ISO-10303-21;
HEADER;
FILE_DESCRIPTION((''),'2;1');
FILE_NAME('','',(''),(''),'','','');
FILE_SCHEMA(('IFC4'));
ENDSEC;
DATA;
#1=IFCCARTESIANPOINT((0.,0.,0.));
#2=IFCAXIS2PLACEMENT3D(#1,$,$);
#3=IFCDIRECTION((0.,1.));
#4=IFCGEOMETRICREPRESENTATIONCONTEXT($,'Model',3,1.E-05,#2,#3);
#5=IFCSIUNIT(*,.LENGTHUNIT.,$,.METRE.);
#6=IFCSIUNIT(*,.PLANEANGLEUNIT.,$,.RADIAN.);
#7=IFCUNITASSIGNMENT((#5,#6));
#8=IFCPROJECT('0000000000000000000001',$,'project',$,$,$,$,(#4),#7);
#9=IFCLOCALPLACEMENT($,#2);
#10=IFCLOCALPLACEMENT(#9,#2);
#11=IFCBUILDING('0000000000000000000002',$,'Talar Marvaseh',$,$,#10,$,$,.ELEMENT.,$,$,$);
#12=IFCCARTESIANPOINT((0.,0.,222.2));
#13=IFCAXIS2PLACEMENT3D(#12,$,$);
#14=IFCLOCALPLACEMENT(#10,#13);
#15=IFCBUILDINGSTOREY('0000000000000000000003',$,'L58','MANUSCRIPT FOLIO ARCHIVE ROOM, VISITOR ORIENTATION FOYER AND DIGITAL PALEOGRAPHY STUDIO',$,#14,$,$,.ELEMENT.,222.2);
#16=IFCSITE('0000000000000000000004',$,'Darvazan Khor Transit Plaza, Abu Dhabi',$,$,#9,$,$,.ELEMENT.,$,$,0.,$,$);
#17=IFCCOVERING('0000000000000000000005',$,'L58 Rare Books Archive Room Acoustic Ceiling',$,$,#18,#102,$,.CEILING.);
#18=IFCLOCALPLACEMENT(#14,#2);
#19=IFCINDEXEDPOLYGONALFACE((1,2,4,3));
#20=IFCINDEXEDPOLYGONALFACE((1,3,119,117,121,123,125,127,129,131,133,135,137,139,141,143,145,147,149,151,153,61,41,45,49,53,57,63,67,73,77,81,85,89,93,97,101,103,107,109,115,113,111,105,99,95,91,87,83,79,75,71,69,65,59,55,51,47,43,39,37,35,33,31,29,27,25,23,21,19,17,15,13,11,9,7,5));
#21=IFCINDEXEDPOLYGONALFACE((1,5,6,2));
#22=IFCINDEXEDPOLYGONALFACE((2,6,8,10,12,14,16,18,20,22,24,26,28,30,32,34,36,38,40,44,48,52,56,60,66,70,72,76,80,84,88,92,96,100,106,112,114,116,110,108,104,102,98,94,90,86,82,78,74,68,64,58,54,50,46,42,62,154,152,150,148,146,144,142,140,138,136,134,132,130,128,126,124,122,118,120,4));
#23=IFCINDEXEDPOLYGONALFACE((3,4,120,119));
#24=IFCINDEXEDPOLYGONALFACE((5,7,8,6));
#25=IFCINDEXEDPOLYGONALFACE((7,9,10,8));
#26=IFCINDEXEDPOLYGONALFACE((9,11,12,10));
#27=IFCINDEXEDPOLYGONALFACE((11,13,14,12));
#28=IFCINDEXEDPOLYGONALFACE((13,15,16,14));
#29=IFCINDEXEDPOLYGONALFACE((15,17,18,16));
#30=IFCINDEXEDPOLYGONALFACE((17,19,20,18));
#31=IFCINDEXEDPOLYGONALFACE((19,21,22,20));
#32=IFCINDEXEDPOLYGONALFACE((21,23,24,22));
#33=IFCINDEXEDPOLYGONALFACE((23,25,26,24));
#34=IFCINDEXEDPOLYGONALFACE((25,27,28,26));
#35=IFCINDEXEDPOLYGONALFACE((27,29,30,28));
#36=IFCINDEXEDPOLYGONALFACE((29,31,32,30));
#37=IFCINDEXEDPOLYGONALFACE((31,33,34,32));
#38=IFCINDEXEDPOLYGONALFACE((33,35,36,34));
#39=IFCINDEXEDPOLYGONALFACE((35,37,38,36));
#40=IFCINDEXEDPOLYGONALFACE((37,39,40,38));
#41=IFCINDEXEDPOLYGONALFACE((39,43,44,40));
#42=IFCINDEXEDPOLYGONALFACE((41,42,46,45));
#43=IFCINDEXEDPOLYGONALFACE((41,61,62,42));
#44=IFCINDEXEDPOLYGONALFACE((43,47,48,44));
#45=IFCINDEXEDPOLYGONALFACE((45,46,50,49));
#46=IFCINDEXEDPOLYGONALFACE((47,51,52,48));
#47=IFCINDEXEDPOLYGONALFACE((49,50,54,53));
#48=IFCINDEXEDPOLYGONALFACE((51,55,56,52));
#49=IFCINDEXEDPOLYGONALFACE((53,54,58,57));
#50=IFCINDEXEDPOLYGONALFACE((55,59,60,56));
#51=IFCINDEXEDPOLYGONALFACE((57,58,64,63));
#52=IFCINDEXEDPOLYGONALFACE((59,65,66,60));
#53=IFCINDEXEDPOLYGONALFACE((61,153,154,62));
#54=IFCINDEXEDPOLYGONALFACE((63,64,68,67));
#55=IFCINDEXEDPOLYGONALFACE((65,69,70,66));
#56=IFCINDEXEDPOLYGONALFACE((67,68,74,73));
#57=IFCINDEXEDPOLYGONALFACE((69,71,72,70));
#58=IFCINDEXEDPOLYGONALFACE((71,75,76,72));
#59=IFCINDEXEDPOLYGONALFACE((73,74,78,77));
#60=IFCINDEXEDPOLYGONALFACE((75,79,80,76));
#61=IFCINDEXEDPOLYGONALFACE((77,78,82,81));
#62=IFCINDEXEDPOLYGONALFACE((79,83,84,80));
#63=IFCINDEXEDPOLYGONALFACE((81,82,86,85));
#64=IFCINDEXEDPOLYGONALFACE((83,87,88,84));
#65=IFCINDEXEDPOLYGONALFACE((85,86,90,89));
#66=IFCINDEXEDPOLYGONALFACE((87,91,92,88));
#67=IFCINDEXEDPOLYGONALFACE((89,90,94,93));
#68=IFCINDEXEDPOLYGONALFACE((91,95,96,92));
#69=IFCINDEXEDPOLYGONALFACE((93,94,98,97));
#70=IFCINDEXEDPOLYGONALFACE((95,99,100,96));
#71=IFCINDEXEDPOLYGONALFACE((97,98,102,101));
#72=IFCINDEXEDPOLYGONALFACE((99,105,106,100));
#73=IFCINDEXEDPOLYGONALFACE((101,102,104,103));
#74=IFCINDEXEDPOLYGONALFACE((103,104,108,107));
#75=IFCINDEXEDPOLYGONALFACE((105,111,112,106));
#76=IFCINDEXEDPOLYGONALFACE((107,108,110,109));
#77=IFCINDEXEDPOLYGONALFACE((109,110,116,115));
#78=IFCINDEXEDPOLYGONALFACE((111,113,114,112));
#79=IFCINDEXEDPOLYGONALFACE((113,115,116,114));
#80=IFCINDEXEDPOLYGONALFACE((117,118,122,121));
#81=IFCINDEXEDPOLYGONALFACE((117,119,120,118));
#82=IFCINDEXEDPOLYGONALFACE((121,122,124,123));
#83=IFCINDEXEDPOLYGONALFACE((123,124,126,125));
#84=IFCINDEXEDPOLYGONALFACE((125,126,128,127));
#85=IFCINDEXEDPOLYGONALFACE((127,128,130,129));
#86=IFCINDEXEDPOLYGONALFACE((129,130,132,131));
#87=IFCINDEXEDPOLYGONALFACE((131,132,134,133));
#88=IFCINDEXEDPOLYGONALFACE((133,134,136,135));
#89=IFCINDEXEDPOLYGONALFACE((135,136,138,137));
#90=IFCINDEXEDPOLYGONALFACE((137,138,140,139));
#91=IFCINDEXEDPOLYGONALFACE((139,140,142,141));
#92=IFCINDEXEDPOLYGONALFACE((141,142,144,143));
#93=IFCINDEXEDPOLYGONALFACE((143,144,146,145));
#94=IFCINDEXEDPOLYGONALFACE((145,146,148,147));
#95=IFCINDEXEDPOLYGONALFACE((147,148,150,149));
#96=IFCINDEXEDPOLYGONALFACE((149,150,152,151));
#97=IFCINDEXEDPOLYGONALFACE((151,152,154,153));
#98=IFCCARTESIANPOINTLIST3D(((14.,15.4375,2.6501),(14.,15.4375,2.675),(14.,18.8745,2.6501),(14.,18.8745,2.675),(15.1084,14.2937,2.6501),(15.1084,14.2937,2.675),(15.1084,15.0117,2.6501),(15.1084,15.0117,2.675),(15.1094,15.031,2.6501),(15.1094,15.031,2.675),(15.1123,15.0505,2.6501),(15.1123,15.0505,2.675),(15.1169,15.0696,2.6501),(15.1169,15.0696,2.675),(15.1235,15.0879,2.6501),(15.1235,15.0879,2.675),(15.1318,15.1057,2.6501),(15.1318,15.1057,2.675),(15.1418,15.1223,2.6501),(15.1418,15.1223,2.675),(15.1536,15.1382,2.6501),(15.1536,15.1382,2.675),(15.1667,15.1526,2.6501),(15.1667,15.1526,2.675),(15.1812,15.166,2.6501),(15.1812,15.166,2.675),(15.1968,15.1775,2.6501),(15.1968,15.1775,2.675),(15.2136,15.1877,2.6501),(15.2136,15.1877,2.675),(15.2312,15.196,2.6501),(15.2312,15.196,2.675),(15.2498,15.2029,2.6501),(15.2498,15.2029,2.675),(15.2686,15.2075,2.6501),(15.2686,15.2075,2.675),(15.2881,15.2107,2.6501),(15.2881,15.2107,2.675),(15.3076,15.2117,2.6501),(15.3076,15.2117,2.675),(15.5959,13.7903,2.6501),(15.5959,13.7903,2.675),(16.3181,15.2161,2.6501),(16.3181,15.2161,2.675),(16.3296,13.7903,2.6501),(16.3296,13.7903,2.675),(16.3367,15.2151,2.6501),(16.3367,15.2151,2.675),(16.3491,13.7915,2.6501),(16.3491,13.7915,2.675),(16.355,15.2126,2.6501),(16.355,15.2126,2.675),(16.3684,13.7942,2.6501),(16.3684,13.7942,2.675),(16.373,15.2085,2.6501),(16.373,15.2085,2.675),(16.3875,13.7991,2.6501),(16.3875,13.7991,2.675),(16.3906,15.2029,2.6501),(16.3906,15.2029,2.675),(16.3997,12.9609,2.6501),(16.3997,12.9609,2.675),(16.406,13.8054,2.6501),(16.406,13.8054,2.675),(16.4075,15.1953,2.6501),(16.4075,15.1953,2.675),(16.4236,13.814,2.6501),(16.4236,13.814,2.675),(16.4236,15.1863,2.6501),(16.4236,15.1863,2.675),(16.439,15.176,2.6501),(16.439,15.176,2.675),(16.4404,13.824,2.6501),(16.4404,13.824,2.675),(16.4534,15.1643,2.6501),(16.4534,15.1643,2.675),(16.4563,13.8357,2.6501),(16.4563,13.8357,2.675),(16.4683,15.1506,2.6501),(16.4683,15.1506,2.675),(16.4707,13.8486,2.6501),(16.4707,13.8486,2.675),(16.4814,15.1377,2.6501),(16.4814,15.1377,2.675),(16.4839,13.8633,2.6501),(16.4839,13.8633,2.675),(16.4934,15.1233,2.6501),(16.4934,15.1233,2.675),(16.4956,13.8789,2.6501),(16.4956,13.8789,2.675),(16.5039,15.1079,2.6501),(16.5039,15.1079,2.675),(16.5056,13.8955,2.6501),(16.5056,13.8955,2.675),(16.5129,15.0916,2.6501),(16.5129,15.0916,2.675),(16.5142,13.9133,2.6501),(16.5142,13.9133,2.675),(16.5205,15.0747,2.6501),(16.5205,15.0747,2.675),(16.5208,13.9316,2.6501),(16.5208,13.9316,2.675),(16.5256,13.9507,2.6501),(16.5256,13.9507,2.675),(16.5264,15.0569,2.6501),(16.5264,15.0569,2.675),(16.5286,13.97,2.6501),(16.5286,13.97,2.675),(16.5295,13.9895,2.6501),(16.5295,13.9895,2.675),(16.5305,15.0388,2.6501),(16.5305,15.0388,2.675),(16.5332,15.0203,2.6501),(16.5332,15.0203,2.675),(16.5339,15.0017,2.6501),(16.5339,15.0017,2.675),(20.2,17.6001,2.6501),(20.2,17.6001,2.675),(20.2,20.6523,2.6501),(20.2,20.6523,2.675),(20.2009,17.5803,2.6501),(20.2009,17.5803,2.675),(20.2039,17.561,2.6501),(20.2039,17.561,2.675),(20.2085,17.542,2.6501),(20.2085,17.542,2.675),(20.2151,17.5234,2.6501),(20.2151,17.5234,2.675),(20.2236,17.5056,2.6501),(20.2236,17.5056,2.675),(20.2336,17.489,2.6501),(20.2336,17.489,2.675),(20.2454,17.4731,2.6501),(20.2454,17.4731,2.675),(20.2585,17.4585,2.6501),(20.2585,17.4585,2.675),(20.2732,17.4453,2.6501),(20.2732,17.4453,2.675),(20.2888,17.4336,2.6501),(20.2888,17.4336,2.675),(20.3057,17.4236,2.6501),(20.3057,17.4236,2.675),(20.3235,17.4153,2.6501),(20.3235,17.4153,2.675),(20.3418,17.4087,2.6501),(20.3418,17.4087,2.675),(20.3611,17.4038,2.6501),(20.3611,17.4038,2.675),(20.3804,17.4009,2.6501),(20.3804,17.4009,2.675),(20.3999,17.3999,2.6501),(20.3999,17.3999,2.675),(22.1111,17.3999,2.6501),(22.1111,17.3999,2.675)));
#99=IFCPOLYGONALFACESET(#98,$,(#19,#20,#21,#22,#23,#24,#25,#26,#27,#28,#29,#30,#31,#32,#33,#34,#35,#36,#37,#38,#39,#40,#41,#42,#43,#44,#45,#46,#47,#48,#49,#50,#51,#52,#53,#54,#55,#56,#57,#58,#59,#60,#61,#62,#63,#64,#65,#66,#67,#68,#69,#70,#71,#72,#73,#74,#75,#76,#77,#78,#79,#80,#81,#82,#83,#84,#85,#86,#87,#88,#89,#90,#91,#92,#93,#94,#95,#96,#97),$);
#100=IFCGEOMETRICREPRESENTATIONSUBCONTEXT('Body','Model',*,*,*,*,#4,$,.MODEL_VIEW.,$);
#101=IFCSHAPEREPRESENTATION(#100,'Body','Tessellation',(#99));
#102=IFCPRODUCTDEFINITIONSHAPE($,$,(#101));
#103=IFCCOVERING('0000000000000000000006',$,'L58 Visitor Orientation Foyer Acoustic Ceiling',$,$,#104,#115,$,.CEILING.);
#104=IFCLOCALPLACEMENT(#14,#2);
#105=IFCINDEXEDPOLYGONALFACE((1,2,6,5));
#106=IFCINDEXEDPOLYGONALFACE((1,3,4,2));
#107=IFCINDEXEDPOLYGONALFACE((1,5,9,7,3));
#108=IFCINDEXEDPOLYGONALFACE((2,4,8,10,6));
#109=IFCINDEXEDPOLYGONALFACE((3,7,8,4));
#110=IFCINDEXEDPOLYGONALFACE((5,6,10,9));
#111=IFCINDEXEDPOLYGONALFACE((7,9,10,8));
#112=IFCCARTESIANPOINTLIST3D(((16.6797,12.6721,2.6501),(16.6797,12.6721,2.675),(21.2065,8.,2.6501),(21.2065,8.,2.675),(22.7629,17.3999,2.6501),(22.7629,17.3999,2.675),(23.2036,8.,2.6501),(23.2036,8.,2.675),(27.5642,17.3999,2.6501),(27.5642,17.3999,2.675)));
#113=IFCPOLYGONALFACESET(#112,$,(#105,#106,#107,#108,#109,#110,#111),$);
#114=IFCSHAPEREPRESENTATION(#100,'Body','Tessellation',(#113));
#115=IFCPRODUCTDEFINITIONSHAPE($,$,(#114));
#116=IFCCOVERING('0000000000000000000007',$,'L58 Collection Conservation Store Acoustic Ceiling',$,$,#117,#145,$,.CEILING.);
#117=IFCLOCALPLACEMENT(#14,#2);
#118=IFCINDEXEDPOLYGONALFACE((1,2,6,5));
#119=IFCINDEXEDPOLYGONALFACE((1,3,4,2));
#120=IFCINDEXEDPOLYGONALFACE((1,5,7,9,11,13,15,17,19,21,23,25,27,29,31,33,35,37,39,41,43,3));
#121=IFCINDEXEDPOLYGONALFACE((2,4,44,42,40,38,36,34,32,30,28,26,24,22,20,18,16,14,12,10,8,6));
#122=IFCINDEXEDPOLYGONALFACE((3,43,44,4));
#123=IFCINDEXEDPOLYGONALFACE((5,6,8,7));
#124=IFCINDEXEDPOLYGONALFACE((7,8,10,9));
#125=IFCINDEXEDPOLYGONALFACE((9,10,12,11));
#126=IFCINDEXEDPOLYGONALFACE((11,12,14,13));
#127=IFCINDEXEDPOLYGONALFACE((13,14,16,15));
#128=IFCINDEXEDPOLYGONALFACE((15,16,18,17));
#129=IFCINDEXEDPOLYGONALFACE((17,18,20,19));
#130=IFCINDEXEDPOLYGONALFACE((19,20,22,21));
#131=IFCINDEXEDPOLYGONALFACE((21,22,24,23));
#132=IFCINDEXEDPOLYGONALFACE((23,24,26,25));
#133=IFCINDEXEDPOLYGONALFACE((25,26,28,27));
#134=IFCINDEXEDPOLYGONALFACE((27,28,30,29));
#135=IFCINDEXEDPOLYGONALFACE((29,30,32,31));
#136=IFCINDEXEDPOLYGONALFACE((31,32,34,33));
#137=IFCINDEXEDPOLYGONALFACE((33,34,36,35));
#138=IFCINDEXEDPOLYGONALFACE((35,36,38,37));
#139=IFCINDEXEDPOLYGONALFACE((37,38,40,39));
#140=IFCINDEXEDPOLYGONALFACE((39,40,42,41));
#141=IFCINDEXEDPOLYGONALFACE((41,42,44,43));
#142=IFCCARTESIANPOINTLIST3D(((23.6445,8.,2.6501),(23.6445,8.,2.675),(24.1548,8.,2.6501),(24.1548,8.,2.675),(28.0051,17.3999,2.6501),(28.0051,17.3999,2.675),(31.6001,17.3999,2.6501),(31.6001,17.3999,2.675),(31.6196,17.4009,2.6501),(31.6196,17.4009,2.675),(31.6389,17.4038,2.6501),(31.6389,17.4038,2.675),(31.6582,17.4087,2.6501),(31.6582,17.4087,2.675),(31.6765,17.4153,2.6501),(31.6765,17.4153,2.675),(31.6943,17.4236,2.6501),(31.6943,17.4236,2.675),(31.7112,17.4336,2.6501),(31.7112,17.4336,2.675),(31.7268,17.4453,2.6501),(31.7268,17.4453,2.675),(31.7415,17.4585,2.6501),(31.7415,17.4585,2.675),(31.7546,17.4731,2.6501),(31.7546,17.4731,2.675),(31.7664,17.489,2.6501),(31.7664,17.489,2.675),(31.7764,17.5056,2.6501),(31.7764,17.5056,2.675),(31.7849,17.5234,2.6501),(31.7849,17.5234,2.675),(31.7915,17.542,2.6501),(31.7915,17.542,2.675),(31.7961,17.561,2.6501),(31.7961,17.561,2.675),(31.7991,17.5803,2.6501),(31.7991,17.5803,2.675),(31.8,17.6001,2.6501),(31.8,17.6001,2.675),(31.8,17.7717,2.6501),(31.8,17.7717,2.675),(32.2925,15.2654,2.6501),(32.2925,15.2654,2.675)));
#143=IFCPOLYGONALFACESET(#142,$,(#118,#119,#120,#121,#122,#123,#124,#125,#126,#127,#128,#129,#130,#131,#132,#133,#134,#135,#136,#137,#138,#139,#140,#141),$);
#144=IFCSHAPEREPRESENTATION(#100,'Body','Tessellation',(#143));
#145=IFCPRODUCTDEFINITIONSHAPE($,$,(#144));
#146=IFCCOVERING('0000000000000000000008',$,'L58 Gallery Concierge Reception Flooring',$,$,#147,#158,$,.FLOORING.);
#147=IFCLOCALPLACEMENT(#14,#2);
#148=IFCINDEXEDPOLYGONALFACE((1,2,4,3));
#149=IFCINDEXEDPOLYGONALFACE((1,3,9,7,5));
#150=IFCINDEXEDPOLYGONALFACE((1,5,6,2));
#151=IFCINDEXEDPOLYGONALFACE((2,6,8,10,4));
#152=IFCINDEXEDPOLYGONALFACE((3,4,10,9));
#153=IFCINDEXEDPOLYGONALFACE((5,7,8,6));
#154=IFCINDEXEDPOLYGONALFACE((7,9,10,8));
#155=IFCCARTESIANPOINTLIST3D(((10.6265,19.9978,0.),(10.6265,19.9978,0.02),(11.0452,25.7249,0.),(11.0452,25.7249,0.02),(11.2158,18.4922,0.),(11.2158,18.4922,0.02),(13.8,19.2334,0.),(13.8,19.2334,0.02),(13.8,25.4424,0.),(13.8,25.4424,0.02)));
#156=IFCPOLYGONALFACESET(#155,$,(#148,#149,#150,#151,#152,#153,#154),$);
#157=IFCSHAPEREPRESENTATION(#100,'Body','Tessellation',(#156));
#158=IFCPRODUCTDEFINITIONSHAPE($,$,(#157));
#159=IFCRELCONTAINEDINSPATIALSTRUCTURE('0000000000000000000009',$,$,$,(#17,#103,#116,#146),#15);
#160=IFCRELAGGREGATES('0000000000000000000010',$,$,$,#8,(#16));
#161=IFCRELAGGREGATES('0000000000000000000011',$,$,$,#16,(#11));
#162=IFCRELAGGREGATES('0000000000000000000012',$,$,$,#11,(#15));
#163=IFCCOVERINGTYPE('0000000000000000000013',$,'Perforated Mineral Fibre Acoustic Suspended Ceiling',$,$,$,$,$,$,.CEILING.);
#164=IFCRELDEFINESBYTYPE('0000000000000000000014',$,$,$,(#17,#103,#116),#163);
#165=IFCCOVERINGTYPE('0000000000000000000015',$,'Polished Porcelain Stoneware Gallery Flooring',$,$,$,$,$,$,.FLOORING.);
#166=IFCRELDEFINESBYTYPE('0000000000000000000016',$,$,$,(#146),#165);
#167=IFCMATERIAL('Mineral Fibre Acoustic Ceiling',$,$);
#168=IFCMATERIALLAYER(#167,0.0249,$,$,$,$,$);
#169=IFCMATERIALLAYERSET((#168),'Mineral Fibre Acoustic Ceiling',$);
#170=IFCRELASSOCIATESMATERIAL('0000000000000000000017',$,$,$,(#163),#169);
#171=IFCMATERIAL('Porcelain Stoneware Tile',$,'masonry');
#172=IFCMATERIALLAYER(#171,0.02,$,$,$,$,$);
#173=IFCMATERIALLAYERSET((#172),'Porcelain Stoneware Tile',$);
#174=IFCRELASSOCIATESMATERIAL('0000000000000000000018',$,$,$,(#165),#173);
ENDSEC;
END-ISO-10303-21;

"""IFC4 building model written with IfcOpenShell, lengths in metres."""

from ifc_helpers import new_model, si_unit, direction, frame, origin, place, context, subcontext, project, spatial, polyline, outline, extrude, material, layer, layer_set, type_object, element, save


model = new_model("IFC4")

# Units and contexts
model_context = context("Model", 3, precision=1e-05, world=origin(), true_north=direction((0.0, 1.0)))
body_context = subcontext(model_context, "Body", "Model", "MODEL_VIEW")
ifc_project = project(units=[si_unit("LENGTHUNIT", "METRE"), si_unit("PLANEANGLEUNIT", "RADIAN")], contexts=[model_context])

# Site, building, storey
site_placement = place(None, origin())
site = spatial("IfcSite", under=ifc_project, at=site_placement, Name="Darvazan Khor Transit Plaza, Abu Dhabi", CompositionType="ELEMENT", RefElevation=0.0)
building_placement = place(site_placement, origin())
building = spatial("IfcBuilding", under=site, at=building_placement, Name="Talar Marvaseh", CompositionType="ELEMENT")
storey_placement = place(building_placement, frame((0.0, 0.0, 222.2)))
storey = spatial("IfcBuildingStorey", under=building, at=storey_placement, Name="L58", Description="MANUSCRIPT FOLIO ARCHIVE ROOM, VISITOR ORIENTATION FOYER AND DIGITAL PALEOGRAPHY STUDIO", CompositionType="ELEMENT", Elevation=222.2)

# Coverings
ifc_material_1 = material(Name="Mineral Fibre Acoustic Ceiling")
ifc_layer_1 = layer(ifc_material_1, 0.0249)
ifc_layer_set_1 = layer_set([ifc_layer_1], Name="Mineral Fibre Acoustic Ceiling")
covering_type_1 = type_object("IfcCoveringType", Name="Perforated Mineral Fibre Acoustic Suspended Ceiling", PredefinedType="CEILING", material=ifc_layer_set_1)
covering_1_placement = place(storey_placement, frame((0.0, 0.0, 2.6501)))
element("IfcCovering", 1, at=covering_1_placement, inside=storey, type_object=covering_type_1, Name="L58 Rare Books Archive Room Acoustic Ceiling", PredefinedType="CEILING", context=body_context, shape_type="SweptSolid", body=[
    extrude(outline(polyline([(20.2, 17.6001), (20.2009, 17.5803), (20.2039, 17.561), (20.2085, 17.542), (20.2151, 17.5234), (20.2236, 17.5056), (20.2336, 17.489), (20.2454, 17.4731), (20.2585, 17.4585), (20.2732, 17.4453), (20.2888, 17.4336), (20.3057, 17.4236), (20.3235, 17.4153), (20.3418, 17.4087), (20.3611, 17.4038), (20.3804, 17.4009), (20.3999, 17.3999), (22.1111, 17.3999), (16.3997, 12.9609), (15.5959, 13.7903), (16.3296, 13.7903), (16.3491, 13.7915), (16.3684, 13.7942), (16.3875, 13.7991), (16.406, 13.8054), (16.4236, 13.814), (16.4404, 13.824), (16.4563, 13.8357), (16.4707, 13.8486), (16.4839, 13.8633), (16.4956, 13.8789), (16.5056, 13.8955), (16.5142, 13.9133), (16.5208, 13.9316), (16.5256, 13.9507), (16.5286, 13.97), (16.5295, 13.9895), (16.5339, 15.0017), (16.5332, 15.0203), (16.5305, 15.0388), (16.5264, 15.0569), (16.5205, 15.0747), (16.5129, 15.0916), (16.5039, 15.1079), (16.4934, 15.1233), (16.4814, 15.1377), (16.4683, 15.1506), (16.4534, 15.1643), (16.439, 15.176), (16.4236, 15.1863), (16.4075, 15.1953), (16.3906, 15.2029), (16.373, 15.2085), (16.355, 15.2126), (16.3367, 15.2151), (16.3181, 15.2161), (15.3076, 15.2117), (15.2881, 15.2107), (15.2686, 15.2075), (15.2498, 15.2029), (15.2312, 15.196), (15.2136, 15.1877), (15.1968, 15.1775), (15.1812, 15.166), (15.1667, 15.1526), (15.1536, 15.1382), (15.1418, 15.1223), (15.1318, 15.1057), (15.1235, 15.0879), (15.1169, 15.0696), (15.1123, 15.0505), (15.1094, 15.031), (15.1084, 15.0117), (15.1084, 14.2937), (14.0, 15.4375), (14.0, 18.8745), (20.2, 20.6523), (20.2, 17.6001)])), origin(), (0.0, 0.0, 1.0), 0.0249),
])
covering_2_placement = place(storey_placement, frame((0.0, 0.0, 2.6501)))
element("IfcCovering", 2, at=covering_2_placement, inside=storey, type_object=covering_type_1, Name="L58 Visitor Orientation Foyer Acoustic Ceiling", PredefinedType="CEILING", context=body_context, shape_type="SweptSolid", body=[
    extrude(outline(polyline([(27.5642, 17.3999), (23.2036, 8.0), (21.2065, 8.0), (16.6797, 12.6721), (22.7629, 17.3999), (27.5642, 17.3999)])), origin(), (0.0, 0.0, 1.0), 0.0249),
])
covering_3_placement = place(storey_placement, frame((0.0, 0.0, 2.6501)))
element("IfcCovering", 3, at=covering_3_placement, inside=storey, type_object=covering_type_1, Name="L58 Collection Conservation Store Acoustic Ceiling", PredefinedType="CEILING", context=body_context, shape_type="SweptSolid", body=[
    extrude(outline(polyline([(31.6001, 17.3999), (31.6196, 17.4009), (31.6389, 17.4038), (31.6582, 17.4087), (31.6765, 17.4153), (31.6943, 17.4236), (31.7112, 17.4336), (31.7268, 17.4453), (31.7415, 17.4585), (31.7546, 17.4731), (31.7664, 17.489), (31.7764, 17.5056), (31.7849, 17.5234), (31.7915, 17.542), (31.7961, 17.561), (31.7991, 17.5803), (31.8, 17.6001), (31.8, 17.7717), (32.2925, 15.2654), (24.1548, 8.0), (23.6445, 8.0), (28.0051, 17.3999), (31.6001, 17.3999)])), origin(), (0.0, 0.0, 1.0), 0.0249),
])
ifc_material_2 = material(Name="Porcelain Stoneware Tile", Category="masonry")
ifc_layer_2 = layer(ifc_material_2, 0.02)
ifc_layer_set_2 = layer_set([ifc_layer_2], Name="Porcelain Stoneware Tile")
covering_type_2 = type_object("IfcCoveringType", Name="Polished Porcelain Stoneware Gallery Flooring", PredefinedType="FLOORING", material=ifc_layer_set_2)
covering_4_placement = place(storey_placement, origin())
element("IfcCovering", 4, at=covering_4_placement, inside=storey, type_object=covering_type_2, Name="L58 Gallery Concierge Reception Flooring", PredefinedType="FLOORING", context=body_context, shape_type="SweptSolid", body=[
    extrude(outline(polyline([(13.8, 19.2334), (11.2158, 18.4922), (10.6265, 19.9978), (11.0452, 25.7249), (13.8, 25.4424), (13.8, 19.2334)])), origin(), (0.0, 0.0, 1.0), 0.02),
])

save(model, "model.ifc")
